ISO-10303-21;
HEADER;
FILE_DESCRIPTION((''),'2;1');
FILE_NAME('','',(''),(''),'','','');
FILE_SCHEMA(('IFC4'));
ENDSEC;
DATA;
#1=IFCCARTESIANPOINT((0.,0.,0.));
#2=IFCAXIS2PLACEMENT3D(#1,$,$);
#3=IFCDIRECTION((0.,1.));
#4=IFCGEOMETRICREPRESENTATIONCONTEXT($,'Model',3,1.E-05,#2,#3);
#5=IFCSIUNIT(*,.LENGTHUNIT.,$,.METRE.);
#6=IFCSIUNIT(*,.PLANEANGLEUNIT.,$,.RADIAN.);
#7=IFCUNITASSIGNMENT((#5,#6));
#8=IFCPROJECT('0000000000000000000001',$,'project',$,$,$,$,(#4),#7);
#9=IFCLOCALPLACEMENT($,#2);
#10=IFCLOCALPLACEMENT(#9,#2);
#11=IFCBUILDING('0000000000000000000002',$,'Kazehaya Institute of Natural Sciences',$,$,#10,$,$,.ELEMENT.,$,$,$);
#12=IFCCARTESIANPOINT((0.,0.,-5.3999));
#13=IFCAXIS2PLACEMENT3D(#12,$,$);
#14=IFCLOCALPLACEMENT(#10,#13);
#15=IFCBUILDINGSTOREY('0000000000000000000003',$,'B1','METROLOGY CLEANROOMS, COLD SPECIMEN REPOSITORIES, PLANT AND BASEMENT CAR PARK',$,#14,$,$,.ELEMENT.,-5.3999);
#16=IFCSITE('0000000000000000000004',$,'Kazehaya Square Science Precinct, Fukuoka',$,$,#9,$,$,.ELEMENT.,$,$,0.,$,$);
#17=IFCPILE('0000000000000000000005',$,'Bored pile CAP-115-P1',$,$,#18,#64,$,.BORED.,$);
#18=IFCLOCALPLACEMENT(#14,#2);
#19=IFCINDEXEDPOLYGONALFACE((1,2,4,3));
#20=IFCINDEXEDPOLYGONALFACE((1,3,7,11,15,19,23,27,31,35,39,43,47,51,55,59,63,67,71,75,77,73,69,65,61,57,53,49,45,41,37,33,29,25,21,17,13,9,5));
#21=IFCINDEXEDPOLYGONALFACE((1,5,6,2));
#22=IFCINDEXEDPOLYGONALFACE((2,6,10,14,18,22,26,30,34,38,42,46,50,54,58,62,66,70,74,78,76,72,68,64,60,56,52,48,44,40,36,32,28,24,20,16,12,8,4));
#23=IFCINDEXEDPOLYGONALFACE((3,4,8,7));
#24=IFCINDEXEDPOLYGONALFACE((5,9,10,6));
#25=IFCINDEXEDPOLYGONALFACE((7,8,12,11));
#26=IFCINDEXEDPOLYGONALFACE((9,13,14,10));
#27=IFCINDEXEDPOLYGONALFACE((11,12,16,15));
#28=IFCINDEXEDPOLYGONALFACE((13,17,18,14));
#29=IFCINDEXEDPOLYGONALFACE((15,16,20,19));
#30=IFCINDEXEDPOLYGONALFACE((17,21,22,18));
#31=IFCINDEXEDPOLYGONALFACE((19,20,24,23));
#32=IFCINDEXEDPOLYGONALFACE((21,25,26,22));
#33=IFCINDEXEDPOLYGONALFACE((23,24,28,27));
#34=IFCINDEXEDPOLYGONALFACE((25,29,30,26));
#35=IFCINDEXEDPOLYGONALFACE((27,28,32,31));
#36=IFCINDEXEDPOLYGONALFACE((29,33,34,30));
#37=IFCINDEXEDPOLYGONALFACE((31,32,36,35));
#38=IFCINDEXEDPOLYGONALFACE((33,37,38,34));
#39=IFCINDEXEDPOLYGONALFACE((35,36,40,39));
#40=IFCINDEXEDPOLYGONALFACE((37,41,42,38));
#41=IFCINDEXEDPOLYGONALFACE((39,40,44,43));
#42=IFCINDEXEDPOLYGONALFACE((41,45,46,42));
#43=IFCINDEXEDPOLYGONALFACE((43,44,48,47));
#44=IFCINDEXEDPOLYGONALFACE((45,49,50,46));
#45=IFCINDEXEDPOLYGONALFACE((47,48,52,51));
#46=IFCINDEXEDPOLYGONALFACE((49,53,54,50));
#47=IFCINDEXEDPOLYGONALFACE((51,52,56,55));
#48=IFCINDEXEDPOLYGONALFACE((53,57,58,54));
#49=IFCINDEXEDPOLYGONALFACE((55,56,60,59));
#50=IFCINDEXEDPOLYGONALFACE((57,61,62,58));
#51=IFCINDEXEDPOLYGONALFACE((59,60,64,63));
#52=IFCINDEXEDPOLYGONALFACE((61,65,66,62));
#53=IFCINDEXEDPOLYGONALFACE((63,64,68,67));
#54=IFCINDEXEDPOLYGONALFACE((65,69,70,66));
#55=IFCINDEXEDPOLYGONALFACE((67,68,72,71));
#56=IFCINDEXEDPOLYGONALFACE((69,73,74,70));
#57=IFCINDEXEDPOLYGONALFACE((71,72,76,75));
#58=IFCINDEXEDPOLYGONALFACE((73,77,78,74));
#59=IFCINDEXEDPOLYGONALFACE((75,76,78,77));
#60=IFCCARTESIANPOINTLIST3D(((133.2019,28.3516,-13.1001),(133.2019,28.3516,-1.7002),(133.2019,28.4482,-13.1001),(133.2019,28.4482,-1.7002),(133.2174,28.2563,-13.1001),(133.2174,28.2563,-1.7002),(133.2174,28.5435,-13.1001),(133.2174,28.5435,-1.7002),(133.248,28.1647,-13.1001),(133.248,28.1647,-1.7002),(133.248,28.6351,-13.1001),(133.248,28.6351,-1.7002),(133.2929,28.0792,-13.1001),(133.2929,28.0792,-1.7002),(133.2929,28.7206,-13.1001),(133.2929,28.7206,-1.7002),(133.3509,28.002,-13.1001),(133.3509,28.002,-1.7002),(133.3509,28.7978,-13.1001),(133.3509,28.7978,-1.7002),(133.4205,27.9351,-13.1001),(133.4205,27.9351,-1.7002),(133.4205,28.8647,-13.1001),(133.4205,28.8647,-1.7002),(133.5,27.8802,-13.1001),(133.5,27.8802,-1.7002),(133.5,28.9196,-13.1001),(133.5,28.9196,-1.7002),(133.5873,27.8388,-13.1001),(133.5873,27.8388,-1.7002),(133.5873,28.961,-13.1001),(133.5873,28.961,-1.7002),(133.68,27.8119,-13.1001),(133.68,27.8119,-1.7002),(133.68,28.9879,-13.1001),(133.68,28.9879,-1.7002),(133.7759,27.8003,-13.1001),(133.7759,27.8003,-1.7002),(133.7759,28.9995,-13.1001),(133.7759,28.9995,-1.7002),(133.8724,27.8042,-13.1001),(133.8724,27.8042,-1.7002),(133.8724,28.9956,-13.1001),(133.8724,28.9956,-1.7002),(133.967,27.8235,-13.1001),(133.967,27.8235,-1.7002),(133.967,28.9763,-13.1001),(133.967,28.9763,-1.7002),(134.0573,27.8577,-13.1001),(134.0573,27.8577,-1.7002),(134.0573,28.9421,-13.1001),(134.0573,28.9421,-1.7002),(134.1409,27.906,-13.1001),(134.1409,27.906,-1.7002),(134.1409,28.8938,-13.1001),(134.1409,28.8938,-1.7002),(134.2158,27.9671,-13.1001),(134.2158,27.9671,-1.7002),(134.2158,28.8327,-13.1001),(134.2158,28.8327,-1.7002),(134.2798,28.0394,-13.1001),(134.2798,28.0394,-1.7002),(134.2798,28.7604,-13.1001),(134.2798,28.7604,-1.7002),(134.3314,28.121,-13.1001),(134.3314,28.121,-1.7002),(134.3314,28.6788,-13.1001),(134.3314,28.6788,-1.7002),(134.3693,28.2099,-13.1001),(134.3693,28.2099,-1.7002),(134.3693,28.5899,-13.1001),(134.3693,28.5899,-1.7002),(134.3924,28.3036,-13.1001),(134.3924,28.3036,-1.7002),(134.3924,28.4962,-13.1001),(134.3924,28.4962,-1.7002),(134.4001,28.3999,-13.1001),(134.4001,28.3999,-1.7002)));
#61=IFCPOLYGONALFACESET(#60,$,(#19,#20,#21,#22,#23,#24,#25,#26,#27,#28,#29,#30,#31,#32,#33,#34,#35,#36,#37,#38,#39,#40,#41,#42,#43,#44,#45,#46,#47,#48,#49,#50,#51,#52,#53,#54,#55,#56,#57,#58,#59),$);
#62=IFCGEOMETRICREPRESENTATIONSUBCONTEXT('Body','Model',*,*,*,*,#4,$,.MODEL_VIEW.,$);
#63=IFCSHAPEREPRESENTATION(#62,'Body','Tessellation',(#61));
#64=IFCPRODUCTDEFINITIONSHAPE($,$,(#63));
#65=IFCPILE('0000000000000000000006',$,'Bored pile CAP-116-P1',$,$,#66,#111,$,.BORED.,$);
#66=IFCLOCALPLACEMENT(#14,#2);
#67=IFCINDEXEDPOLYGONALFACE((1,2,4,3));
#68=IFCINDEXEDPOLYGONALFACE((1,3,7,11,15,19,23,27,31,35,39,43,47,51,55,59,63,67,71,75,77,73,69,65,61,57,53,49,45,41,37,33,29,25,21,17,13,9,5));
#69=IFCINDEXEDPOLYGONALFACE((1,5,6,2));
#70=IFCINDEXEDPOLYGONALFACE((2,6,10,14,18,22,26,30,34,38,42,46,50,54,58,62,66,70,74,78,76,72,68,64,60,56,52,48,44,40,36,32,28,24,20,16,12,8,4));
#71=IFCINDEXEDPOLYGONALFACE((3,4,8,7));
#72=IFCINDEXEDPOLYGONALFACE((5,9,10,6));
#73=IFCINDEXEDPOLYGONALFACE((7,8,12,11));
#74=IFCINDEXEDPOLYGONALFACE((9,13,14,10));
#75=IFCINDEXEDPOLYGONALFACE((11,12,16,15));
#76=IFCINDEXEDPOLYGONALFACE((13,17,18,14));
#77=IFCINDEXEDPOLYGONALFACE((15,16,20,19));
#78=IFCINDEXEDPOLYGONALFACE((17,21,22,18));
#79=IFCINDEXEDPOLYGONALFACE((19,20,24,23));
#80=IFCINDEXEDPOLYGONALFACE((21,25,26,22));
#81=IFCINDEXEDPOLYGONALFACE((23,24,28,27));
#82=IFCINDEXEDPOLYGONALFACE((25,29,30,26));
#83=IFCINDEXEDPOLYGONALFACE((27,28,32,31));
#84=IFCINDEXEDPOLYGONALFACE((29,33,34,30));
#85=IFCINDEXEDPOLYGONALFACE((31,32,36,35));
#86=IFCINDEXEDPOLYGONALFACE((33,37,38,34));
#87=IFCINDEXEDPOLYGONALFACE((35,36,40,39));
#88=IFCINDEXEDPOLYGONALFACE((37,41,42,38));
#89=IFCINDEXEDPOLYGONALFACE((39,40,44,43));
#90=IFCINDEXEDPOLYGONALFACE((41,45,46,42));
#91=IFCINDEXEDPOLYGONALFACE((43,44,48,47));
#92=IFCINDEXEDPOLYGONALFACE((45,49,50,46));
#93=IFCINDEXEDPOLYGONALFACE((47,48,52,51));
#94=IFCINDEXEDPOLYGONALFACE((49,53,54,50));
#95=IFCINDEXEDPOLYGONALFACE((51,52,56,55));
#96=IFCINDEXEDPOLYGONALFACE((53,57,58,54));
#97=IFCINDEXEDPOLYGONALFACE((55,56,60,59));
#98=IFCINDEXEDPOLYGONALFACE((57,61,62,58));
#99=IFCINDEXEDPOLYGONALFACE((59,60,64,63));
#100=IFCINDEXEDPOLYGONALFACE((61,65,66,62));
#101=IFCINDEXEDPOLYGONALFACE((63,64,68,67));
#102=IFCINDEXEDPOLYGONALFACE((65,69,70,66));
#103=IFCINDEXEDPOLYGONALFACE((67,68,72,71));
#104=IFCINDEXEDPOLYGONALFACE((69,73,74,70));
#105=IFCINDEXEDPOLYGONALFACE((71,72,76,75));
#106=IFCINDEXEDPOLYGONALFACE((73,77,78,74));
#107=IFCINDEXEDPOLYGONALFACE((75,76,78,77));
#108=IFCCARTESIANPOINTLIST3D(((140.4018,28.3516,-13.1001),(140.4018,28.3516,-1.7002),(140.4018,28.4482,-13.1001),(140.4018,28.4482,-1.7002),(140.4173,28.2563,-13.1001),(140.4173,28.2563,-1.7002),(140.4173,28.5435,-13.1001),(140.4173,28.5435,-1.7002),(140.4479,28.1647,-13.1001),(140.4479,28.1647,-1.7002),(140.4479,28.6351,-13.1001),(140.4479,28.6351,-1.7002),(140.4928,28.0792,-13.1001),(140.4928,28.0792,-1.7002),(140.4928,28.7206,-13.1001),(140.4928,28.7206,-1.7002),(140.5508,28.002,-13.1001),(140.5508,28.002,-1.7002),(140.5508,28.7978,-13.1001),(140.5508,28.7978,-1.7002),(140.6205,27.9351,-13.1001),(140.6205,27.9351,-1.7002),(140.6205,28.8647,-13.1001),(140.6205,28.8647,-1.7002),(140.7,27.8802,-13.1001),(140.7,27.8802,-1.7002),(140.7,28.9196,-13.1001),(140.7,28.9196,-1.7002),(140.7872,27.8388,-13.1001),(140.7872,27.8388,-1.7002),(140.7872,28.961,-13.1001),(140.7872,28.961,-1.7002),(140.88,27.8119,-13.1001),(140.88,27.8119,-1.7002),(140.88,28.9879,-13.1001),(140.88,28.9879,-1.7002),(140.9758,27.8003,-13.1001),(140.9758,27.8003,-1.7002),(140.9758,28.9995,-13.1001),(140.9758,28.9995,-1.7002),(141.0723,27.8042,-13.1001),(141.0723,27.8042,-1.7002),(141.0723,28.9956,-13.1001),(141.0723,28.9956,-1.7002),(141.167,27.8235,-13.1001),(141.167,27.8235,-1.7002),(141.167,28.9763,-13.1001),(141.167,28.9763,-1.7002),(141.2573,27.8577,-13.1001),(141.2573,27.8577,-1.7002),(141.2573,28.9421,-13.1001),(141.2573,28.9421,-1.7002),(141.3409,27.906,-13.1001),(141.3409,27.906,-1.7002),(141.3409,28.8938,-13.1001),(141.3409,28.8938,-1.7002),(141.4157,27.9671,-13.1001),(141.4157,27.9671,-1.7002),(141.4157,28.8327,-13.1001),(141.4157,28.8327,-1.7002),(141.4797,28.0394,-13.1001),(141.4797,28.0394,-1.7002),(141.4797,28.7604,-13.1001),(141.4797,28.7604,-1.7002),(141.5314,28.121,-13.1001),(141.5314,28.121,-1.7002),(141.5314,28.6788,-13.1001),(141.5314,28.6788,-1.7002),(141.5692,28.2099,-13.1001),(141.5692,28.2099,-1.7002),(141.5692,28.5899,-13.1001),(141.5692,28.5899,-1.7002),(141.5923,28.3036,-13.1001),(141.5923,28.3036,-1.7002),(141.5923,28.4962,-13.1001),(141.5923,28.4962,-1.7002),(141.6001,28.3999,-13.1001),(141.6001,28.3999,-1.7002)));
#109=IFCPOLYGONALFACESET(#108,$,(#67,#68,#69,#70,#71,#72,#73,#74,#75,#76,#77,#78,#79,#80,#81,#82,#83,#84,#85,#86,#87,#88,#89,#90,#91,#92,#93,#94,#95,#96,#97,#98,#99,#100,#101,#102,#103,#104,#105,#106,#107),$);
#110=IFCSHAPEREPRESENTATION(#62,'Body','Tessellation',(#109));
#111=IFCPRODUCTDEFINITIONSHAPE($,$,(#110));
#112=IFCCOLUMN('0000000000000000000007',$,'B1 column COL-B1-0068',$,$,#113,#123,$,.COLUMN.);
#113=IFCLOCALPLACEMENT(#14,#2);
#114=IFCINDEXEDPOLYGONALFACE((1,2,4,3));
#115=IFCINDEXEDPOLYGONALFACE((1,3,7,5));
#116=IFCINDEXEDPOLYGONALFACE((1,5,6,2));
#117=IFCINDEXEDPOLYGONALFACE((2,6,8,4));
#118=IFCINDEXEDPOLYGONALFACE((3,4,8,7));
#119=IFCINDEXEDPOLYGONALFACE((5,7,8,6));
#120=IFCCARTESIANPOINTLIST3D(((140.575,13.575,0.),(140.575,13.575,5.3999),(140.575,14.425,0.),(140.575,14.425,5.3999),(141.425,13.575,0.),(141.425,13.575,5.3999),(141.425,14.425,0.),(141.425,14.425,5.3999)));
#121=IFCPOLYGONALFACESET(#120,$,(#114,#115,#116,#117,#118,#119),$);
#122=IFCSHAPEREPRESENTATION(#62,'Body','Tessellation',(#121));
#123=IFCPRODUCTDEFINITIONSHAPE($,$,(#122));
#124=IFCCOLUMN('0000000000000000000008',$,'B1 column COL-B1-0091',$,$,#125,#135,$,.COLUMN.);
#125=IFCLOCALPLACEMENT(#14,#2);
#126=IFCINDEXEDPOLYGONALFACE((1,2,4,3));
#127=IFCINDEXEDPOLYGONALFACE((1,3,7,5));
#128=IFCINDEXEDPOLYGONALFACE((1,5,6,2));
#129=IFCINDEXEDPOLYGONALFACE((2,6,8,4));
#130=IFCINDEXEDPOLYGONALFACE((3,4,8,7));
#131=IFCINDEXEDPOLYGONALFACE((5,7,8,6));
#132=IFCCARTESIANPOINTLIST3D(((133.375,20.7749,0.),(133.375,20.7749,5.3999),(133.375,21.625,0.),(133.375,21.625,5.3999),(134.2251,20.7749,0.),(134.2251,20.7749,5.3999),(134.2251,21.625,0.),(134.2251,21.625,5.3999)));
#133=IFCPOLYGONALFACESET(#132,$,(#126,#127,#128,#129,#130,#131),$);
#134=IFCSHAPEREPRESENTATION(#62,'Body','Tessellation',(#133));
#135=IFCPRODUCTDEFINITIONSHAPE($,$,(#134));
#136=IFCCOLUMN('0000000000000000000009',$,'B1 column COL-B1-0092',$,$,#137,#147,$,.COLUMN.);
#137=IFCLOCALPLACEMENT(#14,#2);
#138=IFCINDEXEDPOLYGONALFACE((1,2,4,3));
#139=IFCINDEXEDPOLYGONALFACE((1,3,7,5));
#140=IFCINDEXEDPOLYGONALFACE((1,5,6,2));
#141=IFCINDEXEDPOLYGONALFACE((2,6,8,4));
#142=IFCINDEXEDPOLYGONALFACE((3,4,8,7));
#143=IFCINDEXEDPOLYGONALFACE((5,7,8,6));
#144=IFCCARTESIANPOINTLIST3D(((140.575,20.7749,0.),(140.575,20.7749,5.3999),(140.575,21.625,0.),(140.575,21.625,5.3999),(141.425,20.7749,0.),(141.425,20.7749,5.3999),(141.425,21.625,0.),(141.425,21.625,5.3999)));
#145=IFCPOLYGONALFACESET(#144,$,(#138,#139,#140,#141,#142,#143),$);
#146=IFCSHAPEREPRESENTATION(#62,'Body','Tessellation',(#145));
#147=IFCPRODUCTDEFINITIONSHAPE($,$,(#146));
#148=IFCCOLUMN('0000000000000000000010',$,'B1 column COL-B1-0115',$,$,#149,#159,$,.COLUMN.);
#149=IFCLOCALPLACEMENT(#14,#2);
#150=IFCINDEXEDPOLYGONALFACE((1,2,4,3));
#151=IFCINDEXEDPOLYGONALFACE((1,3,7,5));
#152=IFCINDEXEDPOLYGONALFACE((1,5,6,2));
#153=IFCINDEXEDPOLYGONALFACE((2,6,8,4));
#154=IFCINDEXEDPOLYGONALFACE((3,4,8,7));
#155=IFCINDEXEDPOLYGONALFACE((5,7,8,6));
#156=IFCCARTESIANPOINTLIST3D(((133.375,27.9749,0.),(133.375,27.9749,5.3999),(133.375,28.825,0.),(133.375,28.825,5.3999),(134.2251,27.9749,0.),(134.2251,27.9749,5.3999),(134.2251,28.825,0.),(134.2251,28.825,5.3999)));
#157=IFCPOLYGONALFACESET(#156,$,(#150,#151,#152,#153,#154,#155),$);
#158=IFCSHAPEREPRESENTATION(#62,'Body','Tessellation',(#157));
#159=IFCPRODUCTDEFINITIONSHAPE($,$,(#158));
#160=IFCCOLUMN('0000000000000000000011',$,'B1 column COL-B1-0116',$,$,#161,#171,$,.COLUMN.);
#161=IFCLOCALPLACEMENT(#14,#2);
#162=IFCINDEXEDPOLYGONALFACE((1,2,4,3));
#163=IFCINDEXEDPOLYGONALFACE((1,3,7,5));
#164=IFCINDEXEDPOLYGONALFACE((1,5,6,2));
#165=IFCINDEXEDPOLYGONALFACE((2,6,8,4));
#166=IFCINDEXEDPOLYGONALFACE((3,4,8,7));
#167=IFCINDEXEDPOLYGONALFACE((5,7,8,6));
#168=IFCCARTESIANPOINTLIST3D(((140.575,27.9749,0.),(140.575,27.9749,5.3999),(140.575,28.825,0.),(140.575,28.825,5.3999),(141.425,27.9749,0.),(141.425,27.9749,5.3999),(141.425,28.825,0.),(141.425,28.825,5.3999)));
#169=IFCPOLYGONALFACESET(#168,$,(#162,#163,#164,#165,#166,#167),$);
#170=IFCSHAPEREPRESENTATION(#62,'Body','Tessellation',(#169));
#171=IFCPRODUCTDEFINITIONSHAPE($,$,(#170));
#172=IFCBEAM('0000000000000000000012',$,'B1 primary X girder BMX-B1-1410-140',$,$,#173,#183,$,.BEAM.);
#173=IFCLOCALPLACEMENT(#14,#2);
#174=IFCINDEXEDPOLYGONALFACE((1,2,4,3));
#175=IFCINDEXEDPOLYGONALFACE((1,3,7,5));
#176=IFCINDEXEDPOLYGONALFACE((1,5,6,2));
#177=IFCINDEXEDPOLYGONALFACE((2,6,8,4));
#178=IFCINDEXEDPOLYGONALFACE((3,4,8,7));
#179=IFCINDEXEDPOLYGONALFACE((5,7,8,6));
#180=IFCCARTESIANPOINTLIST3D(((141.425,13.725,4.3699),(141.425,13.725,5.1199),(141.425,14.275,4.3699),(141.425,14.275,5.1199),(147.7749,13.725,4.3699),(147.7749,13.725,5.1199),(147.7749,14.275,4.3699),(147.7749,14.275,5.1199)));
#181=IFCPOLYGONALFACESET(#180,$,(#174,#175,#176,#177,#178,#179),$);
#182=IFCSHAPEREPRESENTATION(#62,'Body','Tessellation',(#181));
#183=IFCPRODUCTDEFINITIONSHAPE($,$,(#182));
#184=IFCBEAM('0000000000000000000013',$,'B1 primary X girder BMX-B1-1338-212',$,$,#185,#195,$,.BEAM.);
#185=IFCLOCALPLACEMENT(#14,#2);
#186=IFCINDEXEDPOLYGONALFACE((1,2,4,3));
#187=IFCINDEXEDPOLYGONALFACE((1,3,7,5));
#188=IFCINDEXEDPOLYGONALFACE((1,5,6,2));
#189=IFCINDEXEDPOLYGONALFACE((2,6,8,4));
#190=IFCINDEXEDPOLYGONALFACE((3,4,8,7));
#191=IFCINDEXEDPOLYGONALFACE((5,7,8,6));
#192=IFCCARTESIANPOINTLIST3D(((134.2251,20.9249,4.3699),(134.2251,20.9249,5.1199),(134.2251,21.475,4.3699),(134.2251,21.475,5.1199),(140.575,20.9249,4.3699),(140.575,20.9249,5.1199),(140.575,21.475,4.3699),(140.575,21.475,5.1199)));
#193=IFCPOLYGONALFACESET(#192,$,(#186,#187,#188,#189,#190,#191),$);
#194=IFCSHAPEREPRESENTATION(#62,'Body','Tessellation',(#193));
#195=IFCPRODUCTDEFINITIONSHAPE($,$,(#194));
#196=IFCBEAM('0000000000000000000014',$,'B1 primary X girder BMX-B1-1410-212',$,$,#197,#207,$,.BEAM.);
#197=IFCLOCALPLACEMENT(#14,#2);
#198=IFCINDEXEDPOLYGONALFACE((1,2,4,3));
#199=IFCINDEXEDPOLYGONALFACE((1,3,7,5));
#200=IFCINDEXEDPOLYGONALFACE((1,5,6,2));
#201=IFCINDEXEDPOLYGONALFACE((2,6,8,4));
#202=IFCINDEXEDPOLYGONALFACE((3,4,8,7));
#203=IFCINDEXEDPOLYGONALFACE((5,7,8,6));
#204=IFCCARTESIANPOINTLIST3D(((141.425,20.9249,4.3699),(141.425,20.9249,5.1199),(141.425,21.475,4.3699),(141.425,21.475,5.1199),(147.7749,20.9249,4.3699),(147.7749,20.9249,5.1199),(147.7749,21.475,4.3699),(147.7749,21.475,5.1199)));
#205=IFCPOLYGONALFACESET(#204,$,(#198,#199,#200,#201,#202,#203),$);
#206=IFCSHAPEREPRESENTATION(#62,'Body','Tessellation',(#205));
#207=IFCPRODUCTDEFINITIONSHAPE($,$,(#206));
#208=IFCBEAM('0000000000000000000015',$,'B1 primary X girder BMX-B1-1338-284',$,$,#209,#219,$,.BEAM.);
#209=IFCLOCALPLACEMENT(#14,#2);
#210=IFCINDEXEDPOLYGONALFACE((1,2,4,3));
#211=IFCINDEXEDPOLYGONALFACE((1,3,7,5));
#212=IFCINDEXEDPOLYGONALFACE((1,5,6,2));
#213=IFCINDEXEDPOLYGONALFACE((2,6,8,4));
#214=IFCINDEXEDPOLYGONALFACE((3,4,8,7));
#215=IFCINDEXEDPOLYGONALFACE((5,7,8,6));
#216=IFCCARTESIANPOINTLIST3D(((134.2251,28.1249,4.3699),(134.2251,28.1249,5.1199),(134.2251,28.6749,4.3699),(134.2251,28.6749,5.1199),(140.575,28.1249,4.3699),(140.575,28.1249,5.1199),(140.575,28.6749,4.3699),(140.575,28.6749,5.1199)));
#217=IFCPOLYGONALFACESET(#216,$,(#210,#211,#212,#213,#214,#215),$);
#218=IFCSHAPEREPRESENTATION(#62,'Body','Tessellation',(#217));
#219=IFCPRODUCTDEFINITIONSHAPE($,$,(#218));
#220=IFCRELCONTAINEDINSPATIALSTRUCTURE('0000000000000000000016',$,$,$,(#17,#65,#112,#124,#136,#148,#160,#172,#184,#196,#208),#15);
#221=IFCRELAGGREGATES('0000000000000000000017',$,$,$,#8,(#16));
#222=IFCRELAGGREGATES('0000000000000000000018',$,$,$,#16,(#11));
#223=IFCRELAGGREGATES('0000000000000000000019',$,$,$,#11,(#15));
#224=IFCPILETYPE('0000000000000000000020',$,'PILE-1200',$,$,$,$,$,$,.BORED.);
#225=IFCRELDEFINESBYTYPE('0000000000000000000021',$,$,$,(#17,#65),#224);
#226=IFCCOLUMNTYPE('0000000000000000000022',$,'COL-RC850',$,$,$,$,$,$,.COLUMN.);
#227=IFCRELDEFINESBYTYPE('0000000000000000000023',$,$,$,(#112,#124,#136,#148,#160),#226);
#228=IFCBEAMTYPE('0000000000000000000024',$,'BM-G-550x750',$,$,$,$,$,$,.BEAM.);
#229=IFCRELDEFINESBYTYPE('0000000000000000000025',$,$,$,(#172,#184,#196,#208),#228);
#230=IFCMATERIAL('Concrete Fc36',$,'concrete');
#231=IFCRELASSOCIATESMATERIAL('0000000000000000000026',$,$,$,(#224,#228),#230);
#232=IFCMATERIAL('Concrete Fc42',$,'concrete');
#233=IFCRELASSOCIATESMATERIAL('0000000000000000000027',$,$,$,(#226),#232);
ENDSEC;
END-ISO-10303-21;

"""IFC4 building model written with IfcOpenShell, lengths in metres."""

from ifc_helpers import new_model, si_unit, direction, frame, origin, origin_2d, place, context, subcontext, project, spatial, rectangle, circle, extrude, material, material_profile, profile_set, type_object, element, save


model = new_model("IFC4")

# Units and contexts
model_context = context("Model", 3, precision=1e-05, world=origin(), true_north=direction((0.0, 1.0)))
body_context = subcontext(model_context, "Body", "Model", "MODEL_VIEW")
ifc_project = project(units=[si_unit("LENGTHUNIT", "METRE"), si_unit("PLANEANGLEUNIT", "RADIAN")], contexts=[model_context])

# Site, building, storey
site_placement = place(None, origin())
site = spatial("IfcSite", under=ifc_project, at=site_placement, Name="Kazehaya Square Science Precinct, Fukuoka", CompositionType="ELEMENT", RefElevation=0.0)
building_placement = place(site_placement, origin())
building = spatial("IfcBuilding", under=site, at=building_placement, Name="Kazehaya Institute of Natural Sciences", CompositionType="ELEMENT")
storey_placement = place(building_placement, frame((0.0, 0.0, -5.3999)))
storey = spatial("IfcBuildingStorey", under=building, at=storey_placement, Name="B1", Description="METROLOGY CLEANROOMS, COLD SPECIMEN REPOSITORIES, PLANT AND BASEMENT CAR PARK", CompositionType="ELEMENT", Elevation=-5.3999)

# Shared definitions
ifc_material_1 = material(Name="Concrete Fc36", Category="concrete")

# Piles
ifc_material_profile_1 = material_profile(ifc_material_1, circle(Radius=0.6001, at=origin_2d()), Name="PILE-1200")
ifc_profile_set_1 = profile_set([ifc_material_profile_1], Name="Concrete Fc36")
pile_type = type_object("IfcPileType", Name="PILE-1200", PredefinedType="BORED", material=ifc_profile_set_1)
for number, where, z_axis, x_axis, name in (
    (1, (133.8, 28.3999, -1.7002), (0.0, 0.0, -1.0), (1.0, 0.0, 0.0), "Bored pile CAP-115-P1"),
    (2, (141.0, 28.3999, -1.7002), (0.0, 0.0, -1.0), (1.0, 0.0, 0.0), "Bored pile CAP-116-P1"),
):
    element("IfcPile", number, at=place(storey_placement, frame(where, z_axis=z_axis, x_axis=x_axis)), inside=storey, type_object=pile_type, Name=name, PredefinedType="BORED", context=body_context, shape_type="SweptSolid", body=[
        extrude(circle(Radius=0.6001, at=origin_2d()), origin(), (0.0, 0.0, 1.0), 11.3999),
    ])

# Columns
ifc_material_2 = material(Name="Concrete Fc42", Category="concrete")
ifc_material_profile_2 = material_profile(ifc_material_2, rectangle(XDim=0.8501, YDim=0.8501, at=origin_2d()), Name="RC-850x850")
ifc_profile_set_2 = profile_set([ifc_material_profile_2], Name="Concrete Fc42")
column_type = type_object("IfcColumnType", Name="COL-RC850", PredefinedType="COLUMN", material=ifc_profile_set_2)
for number, where, z_axis, x_axis, name in (
    (3, (141.0, 14.0, 0.0), (0.0, 0.0, 1.0), (1.0, 0.0, 0.0), "B1 column COL-B1-0068"),
    (4, (133.8, 21.2, 0.0), (0.0, 0.0, 1.0), (1.0, 0.0, 0.0), "B1 column COL-B1-0091"),
    (5, (141.0, 21.2, 0.0), (0.0, 0.0, 1.0), (1.0, 0.0, 0.0), "B1 column COL-B1-0092"),
    (6, (133.8, 28.3999, 0.0), (0.0, 0.0, 1.0), (1.0, 0.0, 0.0), "B1 column COL-B1-0115"),
    (7, (141.0, 28.3999, 0.0), (0.0, 0.0, 1.0), (1.0, 0.0, 0.0), "B1 column COL-B1-0116"),
):
    element("IfcColumn", number, at=place(storey_placement, frame(where, z_axis=z_axis, x_axis=x_axis)), inside=storey, type_object=column_type, Name=name, PredefinedType="COLUMN", context=body_context, shape_type="SweptSolid", body=[
        extrude(rectangle(XDim=0.8501, YDim=0.8501, at=origin_2d()), origin(), (0.0, 0.0, 1.0), 5.3999),
    ])

# Beams
ifc_material_profile_3 = material_profile(ifc_material_1, rectangle(XDim=0.55, YDim=0.75, at=origin_2d()), Name="RC-550x750")
ifc_profile_set_3 = profile_set([ifc_material_profile_3], Name="Concrete Fc36")
beam_type_1 = type_object("IfcBeamType", Name="BM-G-550x750", PredefinedType="BEAM", material=ifc_profile_set_3)
for number, where, z_axis, x_axis, name in (
    (8, (141.425, 14.0, 4.7449), (1.0, 0.0, 0.0), (0.0, 1.0, 0.0), "B1 primary X girder BMX-B1-1410-140"),
    (9, (134.2251, 21.2, 4.7449), (1.0, 0.0, 0.0), (0.0, 1.0, 0.0), "B1 primary X girder BMX-B1-1338-212"),
    (10, (141.425, 21.2, 4.7449), (1.0, 0.0, 0.0), (0.0, 1.0, 0.0), "B1 primary X girder BMX-B1-1410-212"),
    (11, (134.2251, 28.3999, 4.7449), (1.0, 0.0, 0.0), (0.0, 1.0, 0.0), "B1 primary X girder BMX-B1-1338-284"),
):
    element("IfcBeam", number, at=place(storey_placement, frame(where, z_axis=z_axis, x_axis=x_axis)), inside=storey, type_object=beam_type_1, Name=name, PredefinedType="BEAM", context=body_context, shape_type="SweptSolid", body=[
        extrude(rectangle(XDim=0.55, YDim=0.75, at=origin_2d()), origin(), (0.0, 0.0, 1.0), 6.3499),
    ])

save(model, "model.ifc")
